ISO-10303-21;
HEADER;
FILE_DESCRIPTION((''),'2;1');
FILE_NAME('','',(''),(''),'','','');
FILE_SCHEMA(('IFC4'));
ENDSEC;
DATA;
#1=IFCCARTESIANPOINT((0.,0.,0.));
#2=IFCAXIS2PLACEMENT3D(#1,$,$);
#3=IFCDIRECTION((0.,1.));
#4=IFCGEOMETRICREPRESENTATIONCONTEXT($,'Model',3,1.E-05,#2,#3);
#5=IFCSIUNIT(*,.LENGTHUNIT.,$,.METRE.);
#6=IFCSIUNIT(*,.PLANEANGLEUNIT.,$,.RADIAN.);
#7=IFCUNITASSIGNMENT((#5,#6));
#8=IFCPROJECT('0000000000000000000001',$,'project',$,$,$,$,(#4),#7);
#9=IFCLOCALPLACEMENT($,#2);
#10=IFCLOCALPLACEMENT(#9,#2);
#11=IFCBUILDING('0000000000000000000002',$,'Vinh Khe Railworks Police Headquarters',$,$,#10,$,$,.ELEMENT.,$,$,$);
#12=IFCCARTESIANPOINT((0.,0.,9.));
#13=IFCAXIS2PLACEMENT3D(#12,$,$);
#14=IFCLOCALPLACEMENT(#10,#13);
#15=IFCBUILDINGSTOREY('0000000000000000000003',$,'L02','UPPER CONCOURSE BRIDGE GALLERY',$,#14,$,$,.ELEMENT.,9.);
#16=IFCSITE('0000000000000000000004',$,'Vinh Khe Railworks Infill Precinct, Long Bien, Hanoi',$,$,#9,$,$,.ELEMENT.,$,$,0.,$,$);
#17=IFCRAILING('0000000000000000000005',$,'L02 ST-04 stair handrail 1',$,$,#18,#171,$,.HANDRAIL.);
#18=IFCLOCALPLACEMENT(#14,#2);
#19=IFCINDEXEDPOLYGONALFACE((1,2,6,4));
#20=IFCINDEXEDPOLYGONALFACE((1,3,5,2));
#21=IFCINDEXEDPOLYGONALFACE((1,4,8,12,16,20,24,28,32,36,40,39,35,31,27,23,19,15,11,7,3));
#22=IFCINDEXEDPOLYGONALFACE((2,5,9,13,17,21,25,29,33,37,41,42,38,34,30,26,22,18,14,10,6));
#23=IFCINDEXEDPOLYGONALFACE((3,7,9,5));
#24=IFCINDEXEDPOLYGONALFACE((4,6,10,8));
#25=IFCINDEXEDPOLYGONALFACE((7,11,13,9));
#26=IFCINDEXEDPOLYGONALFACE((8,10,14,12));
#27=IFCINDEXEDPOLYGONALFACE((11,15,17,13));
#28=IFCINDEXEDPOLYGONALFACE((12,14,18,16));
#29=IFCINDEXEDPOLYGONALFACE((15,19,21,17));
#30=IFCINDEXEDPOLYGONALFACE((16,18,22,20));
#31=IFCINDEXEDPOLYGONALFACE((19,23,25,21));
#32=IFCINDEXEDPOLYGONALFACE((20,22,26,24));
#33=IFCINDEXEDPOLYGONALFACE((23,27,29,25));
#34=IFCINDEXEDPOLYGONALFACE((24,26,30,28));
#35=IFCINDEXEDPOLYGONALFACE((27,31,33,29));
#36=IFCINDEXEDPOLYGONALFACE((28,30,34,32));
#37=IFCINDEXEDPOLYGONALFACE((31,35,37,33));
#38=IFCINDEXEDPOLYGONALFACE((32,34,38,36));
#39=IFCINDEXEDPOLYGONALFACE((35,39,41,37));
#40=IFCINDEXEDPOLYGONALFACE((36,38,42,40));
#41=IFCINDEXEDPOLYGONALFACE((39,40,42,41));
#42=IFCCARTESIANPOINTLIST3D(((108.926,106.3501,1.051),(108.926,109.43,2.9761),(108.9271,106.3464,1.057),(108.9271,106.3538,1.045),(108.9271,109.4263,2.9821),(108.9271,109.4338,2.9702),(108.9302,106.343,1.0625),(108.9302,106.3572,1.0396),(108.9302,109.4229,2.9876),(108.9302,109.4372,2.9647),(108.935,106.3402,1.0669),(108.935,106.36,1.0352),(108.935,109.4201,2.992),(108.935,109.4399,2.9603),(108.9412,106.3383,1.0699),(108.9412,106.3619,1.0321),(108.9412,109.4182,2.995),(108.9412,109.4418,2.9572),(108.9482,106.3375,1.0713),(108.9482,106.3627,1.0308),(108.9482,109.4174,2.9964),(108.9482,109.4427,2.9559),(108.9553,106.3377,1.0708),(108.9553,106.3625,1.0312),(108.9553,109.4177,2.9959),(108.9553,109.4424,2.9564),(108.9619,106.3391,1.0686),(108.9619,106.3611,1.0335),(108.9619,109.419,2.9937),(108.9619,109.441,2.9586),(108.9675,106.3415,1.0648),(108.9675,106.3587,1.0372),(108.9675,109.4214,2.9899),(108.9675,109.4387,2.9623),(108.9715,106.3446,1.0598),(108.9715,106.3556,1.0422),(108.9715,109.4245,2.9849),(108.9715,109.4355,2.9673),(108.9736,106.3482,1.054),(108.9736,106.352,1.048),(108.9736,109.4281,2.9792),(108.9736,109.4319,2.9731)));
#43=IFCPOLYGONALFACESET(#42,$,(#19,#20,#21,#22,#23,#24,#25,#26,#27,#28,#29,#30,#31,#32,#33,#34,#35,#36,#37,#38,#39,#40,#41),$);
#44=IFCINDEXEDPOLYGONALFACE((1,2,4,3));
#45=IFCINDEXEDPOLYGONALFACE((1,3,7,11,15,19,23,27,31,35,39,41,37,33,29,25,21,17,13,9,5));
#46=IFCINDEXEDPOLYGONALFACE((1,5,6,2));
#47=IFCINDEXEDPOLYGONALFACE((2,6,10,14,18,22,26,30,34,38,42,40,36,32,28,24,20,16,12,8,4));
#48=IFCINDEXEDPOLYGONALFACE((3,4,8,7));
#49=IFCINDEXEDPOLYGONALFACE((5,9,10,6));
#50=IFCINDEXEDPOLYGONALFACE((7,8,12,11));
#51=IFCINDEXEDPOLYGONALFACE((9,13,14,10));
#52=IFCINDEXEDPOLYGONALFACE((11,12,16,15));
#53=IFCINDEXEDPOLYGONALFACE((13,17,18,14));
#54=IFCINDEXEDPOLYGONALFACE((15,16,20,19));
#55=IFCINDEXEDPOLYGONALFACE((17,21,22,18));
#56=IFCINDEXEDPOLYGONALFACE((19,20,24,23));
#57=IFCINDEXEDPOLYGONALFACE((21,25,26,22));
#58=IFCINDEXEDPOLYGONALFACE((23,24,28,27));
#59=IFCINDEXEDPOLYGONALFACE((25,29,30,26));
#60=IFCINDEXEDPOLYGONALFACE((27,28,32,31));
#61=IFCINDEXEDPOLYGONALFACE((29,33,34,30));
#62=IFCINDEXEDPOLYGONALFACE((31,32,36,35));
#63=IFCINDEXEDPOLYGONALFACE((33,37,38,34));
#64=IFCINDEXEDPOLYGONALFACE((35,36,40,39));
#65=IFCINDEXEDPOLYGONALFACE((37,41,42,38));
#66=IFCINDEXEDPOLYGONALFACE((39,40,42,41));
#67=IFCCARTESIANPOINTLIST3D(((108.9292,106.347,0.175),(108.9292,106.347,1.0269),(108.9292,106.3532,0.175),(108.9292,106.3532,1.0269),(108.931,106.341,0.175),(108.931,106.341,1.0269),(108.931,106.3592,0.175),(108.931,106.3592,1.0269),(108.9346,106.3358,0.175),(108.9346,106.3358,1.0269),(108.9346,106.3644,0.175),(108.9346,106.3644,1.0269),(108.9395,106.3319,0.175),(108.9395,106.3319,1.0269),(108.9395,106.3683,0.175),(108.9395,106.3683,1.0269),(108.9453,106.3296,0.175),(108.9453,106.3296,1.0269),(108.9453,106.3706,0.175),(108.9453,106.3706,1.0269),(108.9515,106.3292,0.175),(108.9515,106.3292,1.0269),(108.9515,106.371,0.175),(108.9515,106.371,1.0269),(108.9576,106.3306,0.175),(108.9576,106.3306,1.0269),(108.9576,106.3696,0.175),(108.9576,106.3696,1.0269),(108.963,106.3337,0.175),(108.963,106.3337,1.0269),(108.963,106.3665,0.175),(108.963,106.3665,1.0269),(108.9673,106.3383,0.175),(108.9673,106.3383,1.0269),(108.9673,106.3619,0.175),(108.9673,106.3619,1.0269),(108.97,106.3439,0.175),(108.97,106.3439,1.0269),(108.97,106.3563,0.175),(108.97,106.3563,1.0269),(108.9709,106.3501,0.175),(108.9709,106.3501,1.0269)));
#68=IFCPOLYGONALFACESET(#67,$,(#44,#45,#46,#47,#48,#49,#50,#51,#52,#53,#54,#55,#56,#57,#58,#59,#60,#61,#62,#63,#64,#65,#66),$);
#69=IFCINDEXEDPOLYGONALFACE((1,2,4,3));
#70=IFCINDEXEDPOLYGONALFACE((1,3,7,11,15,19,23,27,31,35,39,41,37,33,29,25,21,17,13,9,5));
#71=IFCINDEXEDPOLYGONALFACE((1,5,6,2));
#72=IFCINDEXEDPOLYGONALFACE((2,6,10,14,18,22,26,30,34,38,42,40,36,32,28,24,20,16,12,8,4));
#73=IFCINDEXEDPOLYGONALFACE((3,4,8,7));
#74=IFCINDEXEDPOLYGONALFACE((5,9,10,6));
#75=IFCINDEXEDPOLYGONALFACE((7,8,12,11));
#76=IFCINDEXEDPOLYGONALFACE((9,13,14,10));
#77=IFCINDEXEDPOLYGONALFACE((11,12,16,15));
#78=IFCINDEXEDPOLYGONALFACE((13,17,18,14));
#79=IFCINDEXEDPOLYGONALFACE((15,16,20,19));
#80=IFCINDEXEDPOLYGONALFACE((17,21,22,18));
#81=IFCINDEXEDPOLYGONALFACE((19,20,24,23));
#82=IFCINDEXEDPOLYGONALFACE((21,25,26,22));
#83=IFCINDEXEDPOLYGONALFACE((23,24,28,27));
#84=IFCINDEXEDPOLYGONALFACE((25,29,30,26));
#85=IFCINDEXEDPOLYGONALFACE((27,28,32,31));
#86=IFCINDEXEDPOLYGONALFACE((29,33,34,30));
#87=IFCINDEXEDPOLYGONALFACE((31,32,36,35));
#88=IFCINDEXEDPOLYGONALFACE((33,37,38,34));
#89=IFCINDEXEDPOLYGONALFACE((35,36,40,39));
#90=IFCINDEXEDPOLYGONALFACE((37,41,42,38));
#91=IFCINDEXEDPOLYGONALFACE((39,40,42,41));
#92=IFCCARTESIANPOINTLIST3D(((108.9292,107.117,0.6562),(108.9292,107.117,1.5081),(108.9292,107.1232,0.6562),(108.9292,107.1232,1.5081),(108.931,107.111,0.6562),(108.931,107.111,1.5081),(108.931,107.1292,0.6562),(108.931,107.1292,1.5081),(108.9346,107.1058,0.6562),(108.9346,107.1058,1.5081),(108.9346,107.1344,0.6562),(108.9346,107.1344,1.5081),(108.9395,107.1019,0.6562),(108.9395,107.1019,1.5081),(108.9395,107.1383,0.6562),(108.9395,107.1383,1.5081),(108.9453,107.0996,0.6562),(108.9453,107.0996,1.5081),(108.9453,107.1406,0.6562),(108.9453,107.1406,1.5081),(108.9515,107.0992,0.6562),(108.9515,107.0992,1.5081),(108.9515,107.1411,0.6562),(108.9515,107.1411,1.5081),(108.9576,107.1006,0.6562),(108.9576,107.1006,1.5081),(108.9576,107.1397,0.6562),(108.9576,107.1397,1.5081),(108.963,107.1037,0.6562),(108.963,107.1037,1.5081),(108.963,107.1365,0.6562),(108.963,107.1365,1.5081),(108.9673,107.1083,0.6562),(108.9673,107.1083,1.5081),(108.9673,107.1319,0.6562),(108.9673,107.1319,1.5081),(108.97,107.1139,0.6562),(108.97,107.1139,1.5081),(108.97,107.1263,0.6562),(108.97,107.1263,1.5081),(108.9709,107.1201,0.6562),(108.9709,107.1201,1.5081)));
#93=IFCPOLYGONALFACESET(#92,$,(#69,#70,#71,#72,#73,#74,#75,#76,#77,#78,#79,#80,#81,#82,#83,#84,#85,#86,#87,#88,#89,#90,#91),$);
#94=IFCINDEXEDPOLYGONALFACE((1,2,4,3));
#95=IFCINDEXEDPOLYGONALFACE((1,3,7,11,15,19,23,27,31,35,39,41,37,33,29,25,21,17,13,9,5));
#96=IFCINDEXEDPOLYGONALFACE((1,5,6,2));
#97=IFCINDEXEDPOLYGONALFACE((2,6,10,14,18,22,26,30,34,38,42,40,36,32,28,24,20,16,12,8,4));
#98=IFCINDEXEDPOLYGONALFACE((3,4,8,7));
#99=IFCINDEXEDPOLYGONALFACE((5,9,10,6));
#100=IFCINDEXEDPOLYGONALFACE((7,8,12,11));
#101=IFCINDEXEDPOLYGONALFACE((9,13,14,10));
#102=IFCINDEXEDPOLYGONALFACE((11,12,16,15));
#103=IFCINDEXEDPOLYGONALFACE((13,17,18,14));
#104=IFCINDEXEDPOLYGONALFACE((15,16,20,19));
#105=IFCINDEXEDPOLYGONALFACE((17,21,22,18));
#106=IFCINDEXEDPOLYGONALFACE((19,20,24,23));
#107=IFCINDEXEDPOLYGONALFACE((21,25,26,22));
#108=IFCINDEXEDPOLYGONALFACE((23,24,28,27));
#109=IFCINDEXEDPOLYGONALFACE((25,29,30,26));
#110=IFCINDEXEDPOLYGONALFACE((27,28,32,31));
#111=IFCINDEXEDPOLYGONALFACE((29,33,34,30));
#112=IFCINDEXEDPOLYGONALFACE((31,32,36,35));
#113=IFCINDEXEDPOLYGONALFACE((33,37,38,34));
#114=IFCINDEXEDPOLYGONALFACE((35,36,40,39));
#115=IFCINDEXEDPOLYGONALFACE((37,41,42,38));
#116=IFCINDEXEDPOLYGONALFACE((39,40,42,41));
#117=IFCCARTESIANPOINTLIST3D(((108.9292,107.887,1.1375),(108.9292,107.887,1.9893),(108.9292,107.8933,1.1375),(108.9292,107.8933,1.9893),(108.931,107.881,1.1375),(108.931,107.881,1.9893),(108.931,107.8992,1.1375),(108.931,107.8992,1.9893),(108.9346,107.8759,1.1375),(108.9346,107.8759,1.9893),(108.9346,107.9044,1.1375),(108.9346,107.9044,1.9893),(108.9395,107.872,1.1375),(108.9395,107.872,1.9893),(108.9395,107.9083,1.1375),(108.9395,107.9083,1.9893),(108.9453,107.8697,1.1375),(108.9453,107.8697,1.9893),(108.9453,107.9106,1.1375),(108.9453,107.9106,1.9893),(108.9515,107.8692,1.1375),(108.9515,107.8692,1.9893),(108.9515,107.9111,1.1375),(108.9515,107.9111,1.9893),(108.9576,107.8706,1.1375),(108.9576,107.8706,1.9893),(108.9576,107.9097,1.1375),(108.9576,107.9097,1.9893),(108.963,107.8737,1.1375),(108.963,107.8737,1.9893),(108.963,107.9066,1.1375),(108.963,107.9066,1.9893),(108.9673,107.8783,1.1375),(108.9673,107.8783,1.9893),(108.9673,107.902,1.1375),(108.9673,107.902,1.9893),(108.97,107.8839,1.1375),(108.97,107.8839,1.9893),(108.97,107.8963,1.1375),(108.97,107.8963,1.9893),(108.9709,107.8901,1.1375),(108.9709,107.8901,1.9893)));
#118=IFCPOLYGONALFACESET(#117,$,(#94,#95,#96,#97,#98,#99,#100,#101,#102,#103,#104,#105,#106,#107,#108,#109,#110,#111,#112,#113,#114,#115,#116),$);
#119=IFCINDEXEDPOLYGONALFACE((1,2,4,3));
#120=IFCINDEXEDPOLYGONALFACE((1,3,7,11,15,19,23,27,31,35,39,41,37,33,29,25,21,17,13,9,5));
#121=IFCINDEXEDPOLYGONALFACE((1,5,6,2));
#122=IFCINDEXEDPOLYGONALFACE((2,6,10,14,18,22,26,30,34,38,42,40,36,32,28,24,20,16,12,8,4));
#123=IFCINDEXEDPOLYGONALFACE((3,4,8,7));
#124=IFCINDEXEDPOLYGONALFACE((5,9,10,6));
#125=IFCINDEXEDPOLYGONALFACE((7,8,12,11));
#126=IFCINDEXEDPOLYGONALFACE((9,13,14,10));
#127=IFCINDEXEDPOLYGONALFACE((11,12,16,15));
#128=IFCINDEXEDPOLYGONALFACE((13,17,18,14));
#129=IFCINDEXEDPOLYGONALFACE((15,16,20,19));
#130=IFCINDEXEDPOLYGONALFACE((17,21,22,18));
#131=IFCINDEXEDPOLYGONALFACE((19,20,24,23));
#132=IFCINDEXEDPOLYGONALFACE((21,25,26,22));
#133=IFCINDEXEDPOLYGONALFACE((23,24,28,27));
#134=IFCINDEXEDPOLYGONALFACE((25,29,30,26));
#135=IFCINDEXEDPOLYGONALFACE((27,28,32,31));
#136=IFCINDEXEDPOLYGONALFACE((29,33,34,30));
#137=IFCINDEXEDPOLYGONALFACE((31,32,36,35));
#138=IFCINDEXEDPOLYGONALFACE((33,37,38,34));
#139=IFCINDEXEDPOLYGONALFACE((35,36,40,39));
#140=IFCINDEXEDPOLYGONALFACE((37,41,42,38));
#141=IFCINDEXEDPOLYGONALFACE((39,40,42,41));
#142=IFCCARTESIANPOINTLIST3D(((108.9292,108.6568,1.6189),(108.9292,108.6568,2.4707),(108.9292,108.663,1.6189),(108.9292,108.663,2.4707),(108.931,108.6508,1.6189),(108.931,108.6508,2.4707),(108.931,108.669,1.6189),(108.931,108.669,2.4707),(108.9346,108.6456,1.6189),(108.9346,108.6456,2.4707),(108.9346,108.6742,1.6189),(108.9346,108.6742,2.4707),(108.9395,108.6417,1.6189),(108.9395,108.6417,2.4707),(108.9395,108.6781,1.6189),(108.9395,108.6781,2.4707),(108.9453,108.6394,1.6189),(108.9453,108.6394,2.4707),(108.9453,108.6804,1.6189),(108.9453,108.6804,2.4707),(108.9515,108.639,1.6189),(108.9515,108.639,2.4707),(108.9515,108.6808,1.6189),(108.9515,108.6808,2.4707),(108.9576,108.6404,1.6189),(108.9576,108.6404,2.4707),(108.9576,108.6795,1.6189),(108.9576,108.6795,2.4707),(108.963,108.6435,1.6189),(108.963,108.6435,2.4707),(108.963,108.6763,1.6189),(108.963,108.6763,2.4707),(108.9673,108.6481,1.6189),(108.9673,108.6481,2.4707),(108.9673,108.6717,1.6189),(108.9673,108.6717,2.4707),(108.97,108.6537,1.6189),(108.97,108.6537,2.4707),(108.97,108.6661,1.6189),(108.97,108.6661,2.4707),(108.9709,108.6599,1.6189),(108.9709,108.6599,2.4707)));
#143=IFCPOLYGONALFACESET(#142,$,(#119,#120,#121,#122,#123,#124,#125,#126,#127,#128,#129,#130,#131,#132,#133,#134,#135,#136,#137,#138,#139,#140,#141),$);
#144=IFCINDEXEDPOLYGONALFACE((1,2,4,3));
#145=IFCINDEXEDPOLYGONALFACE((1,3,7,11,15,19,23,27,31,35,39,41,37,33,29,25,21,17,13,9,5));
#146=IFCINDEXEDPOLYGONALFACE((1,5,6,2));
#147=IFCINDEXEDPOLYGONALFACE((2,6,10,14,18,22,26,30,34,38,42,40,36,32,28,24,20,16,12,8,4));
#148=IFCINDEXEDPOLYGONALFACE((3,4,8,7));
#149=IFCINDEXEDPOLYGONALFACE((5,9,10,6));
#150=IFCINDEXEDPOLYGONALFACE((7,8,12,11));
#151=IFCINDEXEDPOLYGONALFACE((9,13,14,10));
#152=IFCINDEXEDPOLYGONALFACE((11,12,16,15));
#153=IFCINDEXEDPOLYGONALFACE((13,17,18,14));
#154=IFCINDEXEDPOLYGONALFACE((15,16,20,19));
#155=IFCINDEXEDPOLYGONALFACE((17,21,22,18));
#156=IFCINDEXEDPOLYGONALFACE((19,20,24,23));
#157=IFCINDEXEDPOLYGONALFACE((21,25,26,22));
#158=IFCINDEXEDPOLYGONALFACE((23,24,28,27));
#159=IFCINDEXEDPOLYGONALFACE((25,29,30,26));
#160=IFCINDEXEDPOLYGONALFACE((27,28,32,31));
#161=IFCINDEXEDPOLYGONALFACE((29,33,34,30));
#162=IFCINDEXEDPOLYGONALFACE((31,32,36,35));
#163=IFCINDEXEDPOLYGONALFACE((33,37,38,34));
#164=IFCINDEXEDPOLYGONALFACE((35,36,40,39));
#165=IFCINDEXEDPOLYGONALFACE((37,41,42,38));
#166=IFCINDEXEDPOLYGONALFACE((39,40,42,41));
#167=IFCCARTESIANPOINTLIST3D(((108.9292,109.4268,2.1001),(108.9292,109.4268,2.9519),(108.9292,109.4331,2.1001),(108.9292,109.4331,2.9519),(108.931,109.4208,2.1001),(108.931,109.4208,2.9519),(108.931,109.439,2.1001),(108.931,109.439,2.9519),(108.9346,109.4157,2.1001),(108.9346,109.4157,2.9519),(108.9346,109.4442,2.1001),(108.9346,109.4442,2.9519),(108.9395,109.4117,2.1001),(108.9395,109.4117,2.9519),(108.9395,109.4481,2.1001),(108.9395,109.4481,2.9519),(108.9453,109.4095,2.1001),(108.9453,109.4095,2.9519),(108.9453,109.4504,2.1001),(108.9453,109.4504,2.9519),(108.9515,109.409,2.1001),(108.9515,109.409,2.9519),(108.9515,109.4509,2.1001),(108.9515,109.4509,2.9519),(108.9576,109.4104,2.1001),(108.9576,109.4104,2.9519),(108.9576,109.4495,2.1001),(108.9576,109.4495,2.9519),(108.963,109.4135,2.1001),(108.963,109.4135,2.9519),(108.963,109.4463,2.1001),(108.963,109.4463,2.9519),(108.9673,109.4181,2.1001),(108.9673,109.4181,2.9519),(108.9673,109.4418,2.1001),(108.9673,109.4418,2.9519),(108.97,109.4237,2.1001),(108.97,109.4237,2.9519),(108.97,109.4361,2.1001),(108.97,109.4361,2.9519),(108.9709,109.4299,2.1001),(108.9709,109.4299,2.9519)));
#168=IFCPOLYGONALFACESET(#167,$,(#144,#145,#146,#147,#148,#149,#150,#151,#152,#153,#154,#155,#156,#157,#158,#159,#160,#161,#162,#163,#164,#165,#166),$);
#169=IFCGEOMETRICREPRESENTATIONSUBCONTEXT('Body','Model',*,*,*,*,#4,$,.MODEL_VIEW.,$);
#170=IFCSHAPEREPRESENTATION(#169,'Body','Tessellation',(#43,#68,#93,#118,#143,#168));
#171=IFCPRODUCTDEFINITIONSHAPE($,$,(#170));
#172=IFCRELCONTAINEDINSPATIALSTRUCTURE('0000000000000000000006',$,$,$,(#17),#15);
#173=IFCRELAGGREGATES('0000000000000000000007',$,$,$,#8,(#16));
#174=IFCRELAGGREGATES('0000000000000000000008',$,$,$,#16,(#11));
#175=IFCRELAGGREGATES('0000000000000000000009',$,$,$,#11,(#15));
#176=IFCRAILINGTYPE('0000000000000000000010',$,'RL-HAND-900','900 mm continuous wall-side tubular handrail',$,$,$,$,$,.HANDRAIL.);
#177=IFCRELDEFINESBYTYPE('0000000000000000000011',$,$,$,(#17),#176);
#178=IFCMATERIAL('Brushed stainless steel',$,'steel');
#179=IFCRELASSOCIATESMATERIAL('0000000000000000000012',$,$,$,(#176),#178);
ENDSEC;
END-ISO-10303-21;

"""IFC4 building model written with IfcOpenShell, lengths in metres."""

from ifc_helpers import new_model, si_unit, direction, frame, origin, origin_2d, place, context, subcontext, project, spatial, circle, extrude, material, type_object, element, save


model = new_model("IFC4")

# Units and contexts
model_context = context("Model", 3, precision=1e-05, world=origin(), true_north=direction((0.0, 1.0)))
body_context = subcontext(model_context, "Body", "Model", "MODEL_VIEW")
ifc_project = project(units=[si_unit("LENGTHUNIT", "METRE"), si_unit("PLANEANGLEUNIT", "RADIAN")], contexts=[model_context])

# Site, building, storey
site_placement = place(None, origin())
site = spatial("IfcSite", under=ifc_project, at=site_placement, Name="Vinh Khe Railworks Infill Precinct, Long Bien, Hanoi", CompositionType="ELEMENT", RefElevation=0.0)
building_placement = place(site_placement, origin())
building = spatial("IfcBuilding", under=site, at=building_placement, Name="Vinh Khe Railworks Police Headquarters", CompositionType="ELEMENT")
storey_placement = place(building_placement, frame((0.0, 0.0, 9.0)))
storey = spatial("IfcBuildingStorey", under=building, at=storey_placement, Name="L02", Description="UPPER CONCOURSE BRIDGE GALLERY", CompositionType="ELEMENT", Elevation=9.0)

# Railing
ifc_material_1 = material(Name="Brushed stainless steel", Category="steel")
railing_type_1 = type_object("IfcRailingType", Name="RL-HAND-900", Description="900 mm continuous wall-side tubular handrail", PredefinedType="HANDRAIL", material=ifc_material_1)
railing_1_placement = place(storey_placement, frame((108.95, 106.3501, 0.175)))
element("IfcRailing", 1, at=railing_1_placement, inside=storey, type_object=railing_type_1, Name="L02 ST-04 stair handrail 1", PredefinedType="HANDRAIL", context=body_context, shape_type="SweptSolid", body=[
    extrude(circle(Radius=0.0239, at=origin_2d()), frame((0.0, 0.0, 0.876), z_axis=(0.0, 0.847979, 0.530029), x_axis=(-1.0, 0.0, 0.0)), (0.0, 0.0, 1.0), 3.6321),
    extrude(circle(Radius=0.021, at=origin_2d()), origin(), (0.0, 0.0, 1.0), 0.8518),
    extrude(circle(Radius=0.021, at=origin_2d()), frame((0.0, 0.77, 0.4812)), (0.0, 0.0, 1.0), 0.8518),
    extrude(circle(Radius=0.021, at=origin_2d()), frame((0.0, 1.54, 0.9624)), (0.0, 0.0, 1.0), 0.8518),
    extrude(circle(Radius=0.021, at=origin_2d()), frame((0.0, 2.3098, 1.4438)), (0.0, 0.0, 1.0), 0.8518),
    extrude(circle(Radius=0.021, at=origin_2d()), frame((0.0, 3.0798, 1.925)), (0.0, 0.0, 1.0), 0.8518),
])

save(model, "model.ifc")
